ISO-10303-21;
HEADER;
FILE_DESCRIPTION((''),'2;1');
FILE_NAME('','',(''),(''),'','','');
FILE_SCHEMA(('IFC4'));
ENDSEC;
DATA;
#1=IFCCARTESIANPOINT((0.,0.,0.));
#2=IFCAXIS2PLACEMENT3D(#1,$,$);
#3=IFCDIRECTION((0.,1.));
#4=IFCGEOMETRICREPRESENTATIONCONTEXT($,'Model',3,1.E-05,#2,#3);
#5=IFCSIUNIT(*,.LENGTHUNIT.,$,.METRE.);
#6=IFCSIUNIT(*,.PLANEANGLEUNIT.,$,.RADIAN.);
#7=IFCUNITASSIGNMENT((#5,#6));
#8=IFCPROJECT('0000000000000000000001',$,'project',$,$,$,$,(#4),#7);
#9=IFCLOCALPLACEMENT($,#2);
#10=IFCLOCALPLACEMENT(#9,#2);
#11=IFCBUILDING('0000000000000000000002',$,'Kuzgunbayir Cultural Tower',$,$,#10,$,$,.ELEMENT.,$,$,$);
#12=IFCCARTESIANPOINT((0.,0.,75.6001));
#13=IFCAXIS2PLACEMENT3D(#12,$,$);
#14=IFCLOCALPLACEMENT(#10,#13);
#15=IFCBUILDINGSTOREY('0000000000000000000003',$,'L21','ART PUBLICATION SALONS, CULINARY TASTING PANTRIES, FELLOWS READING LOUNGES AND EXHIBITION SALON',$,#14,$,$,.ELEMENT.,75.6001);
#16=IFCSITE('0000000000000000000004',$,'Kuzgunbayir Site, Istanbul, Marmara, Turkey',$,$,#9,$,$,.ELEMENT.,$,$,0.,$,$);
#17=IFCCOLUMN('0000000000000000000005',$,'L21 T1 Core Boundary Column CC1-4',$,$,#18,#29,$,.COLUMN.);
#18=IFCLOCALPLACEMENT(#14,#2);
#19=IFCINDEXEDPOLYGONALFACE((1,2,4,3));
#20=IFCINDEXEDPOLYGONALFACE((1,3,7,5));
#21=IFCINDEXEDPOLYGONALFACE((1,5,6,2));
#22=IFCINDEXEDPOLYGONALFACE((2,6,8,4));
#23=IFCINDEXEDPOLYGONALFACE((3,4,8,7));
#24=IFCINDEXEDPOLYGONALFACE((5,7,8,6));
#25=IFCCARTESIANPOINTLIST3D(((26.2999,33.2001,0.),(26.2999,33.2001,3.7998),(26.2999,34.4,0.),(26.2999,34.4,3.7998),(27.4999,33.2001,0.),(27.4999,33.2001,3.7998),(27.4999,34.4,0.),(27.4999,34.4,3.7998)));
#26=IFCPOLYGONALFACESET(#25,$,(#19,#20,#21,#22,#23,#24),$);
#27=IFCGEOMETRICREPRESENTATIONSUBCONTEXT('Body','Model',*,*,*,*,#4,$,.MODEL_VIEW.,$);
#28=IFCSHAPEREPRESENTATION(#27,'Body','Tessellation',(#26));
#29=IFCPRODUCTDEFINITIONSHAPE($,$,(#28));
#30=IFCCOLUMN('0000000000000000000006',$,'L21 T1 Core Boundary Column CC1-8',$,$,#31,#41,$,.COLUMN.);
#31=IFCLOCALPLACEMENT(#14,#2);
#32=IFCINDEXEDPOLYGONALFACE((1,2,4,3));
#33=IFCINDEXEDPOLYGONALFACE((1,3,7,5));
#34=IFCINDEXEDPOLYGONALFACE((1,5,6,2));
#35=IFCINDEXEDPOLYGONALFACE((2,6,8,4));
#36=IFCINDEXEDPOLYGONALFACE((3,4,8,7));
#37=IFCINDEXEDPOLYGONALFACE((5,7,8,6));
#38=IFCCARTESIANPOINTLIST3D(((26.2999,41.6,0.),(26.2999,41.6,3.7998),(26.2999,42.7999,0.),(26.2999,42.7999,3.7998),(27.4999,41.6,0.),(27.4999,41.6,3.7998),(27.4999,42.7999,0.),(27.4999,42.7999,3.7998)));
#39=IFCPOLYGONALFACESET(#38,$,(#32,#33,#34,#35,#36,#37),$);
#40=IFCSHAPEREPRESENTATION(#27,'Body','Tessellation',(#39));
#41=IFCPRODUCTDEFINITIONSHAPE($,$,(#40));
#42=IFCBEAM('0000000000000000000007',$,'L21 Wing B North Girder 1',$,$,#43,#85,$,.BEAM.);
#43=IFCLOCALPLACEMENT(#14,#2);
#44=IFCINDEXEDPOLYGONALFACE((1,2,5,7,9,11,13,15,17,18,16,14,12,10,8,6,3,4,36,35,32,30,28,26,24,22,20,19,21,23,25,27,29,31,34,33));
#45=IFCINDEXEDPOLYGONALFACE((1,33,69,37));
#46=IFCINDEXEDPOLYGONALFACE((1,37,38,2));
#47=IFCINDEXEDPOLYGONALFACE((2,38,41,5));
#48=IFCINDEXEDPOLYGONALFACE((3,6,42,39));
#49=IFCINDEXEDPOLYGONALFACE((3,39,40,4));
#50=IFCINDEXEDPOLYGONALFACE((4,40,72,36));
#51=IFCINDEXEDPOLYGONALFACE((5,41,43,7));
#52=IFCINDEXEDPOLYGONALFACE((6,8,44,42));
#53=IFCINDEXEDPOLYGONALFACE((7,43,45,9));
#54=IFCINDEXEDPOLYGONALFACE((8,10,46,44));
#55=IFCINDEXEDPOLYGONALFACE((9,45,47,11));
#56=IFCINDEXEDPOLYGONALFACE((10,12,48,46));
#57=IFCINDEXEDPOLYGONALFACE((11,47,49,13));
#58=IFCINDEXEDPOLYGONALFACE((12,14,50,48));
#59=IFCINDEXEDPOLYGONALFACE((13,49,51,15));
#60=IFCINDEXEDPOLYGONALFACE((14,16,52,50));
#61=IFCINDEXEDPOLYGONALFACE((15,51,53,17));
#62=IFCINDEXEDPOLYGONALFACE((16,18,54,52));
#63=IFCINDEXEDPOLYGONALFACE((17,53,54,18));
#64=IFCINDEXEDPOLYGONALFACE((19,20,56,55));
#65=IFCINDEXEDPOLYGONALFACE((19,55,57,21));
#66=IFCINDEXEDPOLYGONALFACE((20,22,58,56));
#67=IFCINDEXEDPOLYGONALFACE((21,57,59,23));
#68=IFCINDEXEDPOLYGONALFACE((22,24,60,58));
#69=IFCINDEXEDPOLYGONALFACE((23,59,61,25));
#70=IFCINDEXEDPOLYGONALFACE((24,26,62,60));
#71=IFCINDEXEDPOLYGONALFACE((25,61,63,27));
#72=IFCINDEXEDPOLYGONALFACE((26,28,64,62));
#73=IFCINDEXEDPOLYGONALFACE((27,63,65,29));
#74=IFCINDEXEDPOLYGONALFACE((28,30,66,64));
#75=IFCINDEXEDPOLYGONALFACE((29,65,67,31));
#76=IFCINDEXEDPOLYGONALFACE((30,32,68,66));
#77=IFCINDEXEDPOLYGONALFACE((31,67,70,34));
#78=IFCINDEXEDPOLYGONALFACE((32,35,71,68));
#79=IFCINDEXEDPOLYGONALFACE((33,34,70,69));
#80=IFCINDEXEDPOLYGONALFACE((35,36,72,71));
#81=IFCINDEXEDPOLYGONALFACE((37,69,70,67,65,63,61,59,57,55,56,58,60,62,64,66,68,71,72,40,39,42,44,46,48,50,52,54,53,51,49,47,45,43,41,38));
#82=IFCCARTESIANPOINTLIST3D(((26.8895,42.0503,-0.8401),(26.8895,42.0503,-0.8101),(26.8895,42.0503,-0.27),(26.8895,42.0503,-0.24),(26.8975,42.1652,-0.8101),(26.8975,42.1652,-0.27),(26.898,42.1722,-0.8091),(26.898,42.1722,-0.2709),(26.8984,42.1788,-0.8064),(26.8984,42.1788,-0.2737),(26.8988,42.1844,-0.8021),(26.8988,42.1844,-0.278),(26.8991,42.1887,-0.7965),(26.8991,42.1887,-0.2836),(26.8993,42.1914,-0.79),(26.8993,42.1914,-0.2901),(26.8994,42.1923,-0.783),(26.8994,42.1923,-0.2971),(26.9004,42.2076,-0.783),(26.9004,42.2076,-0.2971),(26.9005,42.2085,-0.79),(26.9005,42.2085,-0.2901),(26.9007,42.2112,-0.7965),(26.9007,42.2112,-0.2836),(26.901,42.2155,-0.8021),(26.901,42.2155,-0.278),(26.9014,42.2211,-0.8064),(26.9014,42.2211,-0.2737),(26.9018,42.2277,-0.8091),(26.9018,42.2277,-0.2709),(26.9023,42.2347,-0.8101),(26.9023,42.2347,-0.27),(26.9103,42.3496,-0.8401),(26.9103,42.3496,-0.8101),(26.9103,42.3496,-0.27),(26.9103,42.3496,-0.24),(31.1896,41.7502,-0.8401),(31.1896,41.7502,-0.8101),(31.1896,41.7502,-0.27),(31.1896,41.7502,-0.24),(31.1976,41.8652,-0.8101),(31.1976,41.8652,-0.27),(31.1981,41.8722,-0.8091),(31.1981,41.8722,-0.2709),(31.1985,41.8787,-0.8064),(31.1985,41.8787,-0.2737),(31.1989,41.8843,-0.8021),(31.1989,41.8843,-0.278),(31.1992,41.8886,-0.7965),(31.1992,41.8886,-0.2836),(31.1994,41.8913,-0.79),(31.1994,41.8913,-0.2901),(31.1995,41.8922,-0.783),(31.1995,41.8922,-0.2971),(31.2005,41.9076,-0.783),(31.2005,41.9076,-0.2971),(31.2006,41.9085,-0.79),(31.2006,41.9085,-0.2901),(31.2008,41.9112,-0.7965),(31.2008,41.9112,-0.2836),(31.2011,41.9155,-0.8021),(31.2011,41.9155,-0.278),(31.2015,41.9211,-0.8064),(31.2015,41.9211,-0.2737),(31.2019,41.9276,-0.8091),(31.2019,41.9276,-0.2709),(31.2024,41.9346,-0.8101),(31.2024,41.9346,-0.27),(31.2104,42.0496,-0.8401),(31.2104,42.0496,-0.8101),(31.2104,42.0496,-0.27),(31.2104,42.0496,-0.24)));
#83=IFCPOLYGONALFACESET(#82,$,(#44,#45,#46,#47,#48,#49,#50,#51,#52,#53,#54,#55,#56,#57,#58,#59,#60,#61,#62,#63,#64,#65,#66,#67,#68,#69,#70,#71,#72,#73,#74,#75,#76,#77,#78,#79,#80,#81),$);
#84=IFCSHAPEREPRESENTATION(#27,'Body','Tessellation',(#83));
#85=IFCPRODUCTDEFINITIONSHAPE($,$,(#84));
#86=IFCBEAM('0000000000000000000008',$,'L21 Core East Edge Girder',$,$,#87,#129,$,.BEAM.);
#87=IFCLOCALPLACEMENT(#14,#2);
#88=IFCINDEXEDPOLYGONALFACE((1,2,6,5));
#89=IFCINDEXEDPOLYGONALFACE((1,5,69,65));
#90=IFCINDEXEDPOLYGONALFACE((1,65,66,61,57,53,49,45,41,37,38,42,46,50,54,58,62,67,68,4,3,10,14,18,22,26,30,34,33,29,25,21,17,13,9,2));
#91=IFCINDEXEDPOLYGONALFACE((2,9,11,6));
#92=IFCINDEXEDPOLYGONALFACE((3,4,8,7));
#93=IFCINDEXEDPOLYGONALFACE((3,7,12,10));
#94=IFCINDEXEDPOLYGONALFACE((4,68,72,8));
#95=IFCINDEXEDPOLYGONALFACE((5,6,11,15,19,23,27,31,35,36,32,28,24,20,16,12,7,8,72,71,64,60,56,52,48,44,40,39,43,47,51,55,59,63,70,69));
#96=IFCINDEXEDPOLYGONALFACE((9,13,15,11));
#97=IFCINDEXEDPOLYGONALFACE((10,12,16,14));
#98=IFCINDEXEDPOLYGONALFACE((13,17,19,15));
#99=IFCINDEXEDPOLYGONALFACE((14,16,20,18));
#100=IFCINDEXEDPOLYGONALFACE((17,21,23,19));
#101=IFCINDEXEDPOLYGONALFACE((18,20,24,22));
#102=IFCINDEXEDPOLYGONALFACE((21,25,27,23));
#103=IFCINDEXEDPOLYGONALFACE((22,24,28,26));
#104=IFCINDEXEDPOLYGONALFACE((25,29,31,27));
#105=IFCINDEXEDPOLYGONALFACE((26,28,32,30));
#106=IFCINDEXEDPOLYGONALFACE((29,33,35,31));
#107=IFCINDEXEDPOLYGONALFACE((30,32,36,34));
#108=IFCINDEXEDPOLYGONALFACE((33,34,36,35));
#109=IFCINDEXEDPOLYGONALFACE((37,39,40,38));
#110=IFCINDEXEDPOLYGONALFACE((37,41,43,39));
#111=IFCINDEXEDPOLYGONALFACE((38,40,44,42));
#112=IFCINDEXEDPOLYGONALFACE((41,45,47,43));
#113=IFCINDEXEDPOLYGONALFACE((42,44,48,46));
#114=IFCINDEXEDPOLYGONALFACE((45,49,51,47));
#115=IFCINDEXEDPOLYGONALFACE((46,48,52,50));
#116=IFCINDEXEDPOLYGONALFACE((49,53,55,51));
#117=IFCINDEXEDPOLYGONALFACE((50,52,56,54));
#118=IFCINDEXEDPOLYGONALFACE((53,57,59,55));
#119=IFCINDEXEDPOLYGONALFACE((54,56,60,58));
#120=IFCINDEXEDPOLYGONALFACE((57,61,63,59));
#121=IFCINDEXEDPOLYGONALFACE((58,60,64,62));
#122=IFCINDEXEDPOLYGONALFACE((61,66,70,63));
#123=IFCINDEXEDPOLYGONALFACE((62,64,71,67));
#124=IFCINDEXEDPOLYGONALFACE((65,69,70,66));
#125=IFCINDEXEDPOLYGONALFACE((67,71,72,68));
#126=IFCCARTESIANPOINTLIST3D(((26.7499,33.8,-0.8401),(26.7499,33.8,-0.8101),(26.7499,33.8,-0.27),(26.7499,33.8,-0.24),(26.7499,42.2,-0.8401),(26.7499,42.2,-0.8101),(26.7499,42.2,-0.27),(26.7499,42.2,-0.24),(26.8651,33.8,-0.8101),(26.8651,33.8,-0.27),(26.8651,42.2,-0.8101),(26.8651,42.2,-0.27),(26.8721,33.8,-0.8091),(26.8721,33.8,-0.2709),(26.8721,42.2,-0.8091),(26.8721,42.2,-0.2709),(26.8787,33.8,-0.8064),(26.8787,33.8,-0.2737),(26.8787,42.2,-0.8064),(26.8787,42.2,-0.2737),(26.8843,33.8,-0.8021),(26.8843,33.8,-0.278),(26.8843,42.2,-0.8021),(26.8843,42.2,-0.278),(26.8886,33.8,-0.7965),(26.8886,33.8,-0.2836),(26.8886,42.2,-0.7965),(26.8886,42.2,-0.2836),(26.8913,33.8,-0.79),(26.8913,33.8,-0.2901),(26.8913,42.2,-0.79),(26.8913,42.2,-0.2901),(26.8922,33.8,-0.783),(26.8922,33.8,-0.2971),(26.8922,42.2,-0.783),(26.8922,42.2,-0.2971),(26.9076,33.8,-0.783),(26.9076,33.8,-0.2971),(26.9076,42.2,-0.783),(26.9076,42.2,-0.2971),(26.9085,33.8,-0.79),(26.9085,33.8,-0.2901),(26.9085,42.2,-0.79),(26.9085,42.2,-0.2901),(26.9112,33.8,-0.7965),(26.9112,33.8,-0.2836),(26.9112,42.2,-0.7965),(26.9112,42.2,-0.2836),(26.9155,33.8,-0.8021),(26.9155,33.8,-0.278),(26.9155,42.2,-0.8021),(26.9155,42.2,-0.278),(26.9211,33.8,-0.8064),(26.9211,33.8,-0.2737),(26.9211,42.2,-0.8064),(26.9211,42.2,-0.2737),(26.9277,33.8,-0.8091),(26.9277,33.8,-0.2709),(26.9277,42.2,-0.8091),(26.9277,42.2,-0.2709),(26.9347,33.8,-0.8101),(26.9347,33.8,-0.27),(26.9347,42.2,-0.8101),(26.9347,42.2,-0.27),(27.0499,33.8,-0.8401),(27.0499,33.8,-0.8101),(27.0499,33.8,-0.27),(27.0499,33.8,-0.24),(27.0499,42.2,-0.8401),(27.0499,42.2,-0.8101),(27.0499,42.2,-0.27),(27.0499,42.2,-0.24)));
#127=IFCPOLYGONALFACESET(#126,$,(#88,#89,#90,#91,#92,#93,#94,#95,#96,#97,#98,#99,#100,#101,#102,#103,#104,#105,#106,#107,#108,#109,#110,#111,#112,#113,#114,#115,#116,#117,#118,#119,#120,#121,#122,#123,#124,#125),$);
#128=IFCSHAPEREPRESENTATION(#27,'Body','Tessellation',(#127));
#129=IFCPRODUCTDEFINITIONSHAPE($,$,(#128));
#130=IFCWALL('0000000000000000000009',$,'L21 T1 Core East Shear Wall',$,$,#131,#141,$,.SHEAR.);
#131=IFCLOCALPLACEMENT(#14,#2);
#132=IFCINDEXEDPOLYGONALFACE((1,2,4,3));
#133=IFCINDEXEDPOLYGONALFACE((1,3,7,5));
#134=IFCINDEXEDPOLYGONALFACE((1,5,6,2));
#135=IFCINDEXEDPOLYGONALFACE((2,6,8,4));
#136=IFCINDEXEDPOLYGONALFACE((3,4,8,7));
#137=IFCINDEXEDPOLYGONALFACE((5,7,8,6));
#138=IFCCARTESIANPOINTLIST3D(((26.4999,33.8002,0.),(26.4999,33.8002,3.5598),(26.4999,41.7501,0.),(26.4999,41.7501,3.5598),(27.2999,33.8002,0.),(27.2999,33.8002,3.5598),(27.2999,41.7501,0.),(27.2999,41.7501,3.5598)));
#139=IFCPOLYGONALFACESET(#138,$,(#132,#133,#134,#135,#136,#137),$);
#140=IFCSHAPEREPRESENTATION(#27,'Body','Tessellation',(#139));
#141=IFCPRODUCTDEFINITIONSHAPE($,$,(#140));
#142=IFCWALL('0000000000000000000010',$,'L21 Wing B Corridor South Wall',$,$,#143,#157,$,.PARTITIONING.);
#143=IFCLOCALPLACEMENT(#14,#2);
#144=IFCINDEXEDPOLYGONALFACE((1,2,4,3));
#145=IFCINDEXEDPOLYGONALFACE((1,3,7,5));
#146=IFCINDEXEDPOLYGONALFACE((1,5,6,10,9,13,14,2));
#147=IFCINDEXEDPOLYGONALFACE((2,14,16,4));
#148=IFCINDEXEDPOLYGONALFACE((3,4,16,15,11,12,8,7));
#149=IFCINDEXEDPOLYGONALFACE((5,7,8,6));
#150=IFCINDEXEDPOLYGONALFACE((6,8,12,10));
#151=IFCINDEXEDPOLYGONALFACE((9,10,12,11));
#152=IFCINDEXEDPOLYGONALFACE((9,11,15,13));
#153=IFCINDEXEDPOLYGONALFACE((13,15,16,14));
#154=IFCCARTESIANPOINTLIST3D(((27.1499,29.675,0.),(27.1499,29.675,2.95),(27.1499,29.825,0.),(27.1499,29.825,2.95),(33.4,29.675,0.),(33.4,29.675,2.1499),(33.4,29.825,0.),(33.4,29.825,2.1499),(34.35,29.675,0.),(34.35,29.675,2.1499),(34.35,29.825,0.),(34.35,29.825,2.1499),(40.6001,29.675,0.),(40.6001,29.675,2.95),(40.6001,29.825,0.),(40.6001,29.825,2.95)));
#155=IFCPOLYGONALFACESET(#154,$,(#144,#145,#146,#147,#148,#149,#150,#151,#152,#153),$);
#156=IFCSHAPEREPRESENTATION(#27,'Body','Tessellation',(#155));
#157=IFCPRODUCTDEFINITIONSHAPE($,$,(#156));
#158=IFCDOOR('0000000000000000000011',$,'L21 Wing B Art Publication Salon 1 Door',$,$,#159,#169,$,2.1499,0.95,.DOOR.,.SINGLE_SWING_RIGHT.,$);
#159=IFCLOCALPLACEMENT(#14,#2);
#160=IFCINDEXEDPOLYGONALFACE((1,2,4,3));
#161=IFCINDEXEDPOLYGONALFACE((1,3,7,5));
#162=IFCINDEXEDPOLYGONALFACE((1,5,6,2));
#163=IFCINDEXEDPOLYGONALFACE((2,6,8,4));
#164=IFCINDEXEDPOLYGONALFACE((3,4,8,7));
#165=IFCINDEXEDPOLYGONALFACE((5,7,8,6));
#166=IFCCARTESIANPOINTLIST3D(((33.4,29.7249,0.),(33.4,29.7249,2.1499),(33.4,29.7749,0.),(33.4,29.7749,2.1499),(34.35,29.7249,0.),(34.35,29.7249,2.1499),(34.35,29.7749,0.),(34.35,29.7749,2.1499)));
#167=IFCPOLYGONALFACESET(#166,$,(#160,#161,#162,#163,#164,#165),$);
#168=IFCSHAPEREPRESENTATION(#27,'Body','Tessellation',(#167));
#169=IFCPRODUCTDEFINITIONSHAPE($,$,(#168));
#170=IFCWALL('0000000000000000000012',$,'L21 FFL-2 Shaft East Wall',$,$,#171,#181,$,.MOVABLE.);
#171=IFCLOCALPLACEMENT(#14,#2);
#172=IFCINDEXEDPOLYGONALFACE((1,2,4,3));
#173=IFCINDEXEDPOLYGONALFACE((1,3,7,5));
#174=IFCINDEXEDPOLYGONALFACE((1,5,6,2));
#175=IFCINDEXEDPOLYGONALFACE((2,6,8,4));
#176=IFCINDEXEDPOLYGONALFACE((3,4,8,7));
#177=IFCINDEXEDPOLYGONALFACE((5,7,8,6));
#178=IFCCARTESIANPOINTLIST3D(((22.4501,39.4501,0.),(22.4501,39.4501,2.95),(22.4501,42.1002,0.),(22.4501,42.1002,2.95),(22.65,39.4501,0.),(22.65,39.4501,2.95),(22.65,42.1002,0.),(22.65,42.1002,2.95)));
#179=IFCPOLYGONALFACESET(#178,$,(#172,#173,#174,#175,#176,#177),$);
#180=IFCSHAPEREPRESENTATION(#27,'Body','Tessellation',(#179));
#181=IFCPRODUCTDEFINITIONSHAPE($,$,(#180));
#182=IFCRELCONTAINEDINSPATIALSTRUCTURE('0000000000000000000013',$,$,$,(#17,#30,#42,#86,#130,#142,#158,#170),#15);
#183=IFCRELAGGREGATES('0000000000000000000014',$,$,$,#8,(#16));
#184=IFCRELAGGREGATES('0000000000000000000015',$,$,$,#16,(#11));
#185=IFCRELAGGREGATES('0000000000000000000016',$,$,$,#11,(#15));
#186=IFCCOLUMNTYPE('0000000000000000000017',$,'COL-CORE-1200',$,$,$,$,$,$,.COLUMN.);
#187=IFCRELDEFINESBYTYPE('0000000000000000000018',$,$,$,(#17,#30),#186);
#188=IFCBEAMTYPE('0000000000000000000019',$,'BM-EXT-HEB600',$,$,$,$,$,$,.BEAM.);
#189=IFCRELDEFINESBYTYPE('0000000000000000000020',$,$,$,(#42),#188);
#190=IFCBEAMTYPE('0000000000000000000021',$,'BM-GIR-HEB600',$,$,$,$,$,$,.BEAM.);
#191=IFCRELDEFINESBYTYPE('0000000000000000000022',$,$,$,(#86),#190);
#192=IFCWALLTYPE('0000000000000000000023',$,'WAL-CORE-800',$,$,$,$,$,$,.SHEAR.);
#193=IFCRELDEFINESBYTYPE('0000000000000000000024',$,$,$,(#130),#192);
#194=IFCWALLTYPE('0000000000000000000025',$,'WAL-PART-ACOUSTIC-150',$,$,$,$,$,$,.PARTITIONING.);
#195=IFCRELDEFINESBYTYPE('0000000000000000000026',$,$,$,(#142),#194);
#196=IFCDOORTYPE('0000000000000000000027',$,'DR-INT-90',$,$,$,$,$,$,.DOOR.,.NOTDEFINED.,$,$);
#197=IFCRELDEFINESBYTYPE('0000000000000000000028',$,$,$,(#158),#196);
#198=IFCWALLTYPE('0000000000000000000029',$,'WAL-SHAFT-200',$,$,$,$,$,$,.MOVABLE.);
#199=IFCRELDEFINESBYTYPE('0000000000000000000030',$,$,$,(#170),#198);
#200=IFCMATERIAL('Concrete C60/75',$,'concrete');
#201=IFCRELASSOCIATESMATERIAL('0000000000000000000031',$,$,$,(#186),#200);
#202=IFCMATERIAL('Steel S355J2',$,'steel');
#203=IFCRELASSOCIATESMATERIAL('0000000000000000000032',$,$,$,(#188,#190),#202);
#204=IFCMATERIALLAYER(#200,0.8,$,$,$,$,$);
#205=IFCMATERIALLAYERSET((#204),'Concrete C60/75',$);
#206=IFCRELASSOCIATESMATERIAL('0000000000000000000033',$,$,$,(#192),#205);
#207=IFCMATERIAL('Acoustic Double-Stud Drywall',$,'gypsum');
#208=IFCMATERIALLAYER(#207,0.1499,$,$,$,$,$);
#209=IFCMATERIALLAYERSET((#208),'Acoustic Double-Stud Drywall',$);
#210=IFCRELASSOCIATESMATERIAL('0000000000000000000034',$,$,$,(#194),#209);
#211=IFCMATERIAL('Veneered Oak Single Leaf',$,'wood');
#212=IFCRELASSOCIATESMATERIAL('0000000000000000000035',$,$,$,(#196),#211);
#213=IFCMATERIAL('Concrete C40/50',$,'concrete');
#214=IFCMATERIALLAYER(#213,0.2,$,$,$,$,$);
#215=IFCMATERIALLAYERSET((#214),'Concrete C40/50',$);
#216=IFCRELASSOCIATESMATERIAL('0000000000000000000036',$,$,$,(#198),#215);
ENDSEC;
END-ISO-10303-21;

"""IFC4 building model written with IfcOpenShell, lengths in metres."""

from ifc_helpers import new_model, si_unit, direction, frame, frame_2d, origin, origin_2d, place, context, subcontext, project, spatial, rectangle, i_section, extrude, material, layer, layer_set, material_profile, profile_set, type_object, element, fill, save


model = new_model("IFC4")

# Units and contexts
model_context = context("Model", 3, precision=1e-05, world=origin(), true_north=direction((0.0, 1.0)))
body_context = subcontext(model_context, "Body", "Model", "MODEL_VIEW")
ifc_project = project(units=[si_unit("LENGTHUNIT", "METRE"), si_unit("PLANEANGLEUNIT", "RADIAN")], contexts=[model_context])

# Site, building, storey
site_placement = place(None, origin())
site = spatial("IfcSite", under=ifc_project, at=site_placement, Name="Kuzgunbayir Site, Istanbul, Marmara, Turkey", CompositionType="ELEMENT", RefElevation=0.0)
building_placement = place(site_placement, origin())
building = spatial("IfcBuilding", under=site, at=building_placement, Name="Kuzgunbayir Cultural Tower", CompositionType="ELEMENT")
storey_placement = place(building_placement, frame((0.0, 0.0, 75.6001)))
storey = spatial("IfcBuildingStorey", under=building, at=storey_placement, Name="L21", Description="ART PUBLICATION SALONS, CULINARY TASTING PANTRIES, FELLOWS READING LOUNGES AND EXHIBITION SALON", CompositionType="ELEMENT", Elevation=75.6001)

# Columns
ifc_material_1 = material(Name="Concrete C60/75", Category="concrete")
ifc_material_profile_1 = material_profile(ifc_material_1, rectangle(XDim=1.2, YDim=1.2, at=origin_2d()), Name="RC 1200x1200")
ifc_profile_set_1 = profile_set([ifc_material_profile_1], Name="Concrete C60/75")
column_type = type_object("IfcColumnType", Name="COL-CORE-1200", PredefinedType="COLUMN", material=ifc_profile_set_1)
for number, where, z_axis, x_axis, name in (
    (1, (26.8999, 33.8, 0.0), (0.0, 0.0, 1.0), (1.0, 0.0, 0.0), "L21 T1 Core Boundary Column CC1-4"),
    (2, (26.8999, 42.2, 0.0), (0.0, 0.0, 1.0), (1.0, 0.0, 0.0), "L21 T1 Core Boundary Column CC1-8"),
):
    element("IfcColumn", number, at=place(storey_placement, frame(where, z_axis=z_axis, x_axis=x_axis)), inside=storey, type_object=column_type, Name=name, PredefinedType="COLUMN", context=body_context, shape_type="SweptSolid", body=[
        extrude(rectangle(XDim=1.2, YDim=1.2, at=origin_2d()), origin(), (0.0, 0.0, 1.0), 3.7998),
    ])

# Beams
ifc_material_2 = material(Name="Steel S355J2", Category="steel")
ifc_material_profile_2 = material_profile(ifc_material_2, i_section(OverallWidth=0.3, OverallDepth=0.6001, WebThickness=0.0154, FlangeThickness=0.03, FilletRadius=0.0271, at=origin_2d()), Name="HEB 600")
ifc_profile_set_2 = profile_set([ifc_material_profile_2], Name="Steel S355J2")
beam_type_1 = type_object("IfcBeamType", Name="BM-EXT-HEB600", PredefinedType="BEAM", material=ifc_profile_set_2)
beam_1_placement = place(storey_placement, frame((26.8999, 42.2, -0.54), z_axis=(0.997574, -0.069609, 0.0), x_axis=(0.069609, 0.997574, 0.0)))
element("IfcBeam", 3, at=beam_1_placement, inside=storey, type_object=beam_type_1, Name="L21 Wing B North Girder 1", PredefinedType="BEAM", context=body_context, shape_type="SweptSolid", body=[
    extrude(i_section(OverallWidth=0.3, OverallDepth=0.6001, WebThickness=0.0154, FlangeThickness=0.03, FilletRadius=0.0271, at=origin_2d()), origin(), (0.0, 0.0, 1.0), 4.3105),
])
ifc_material_profile_3 = material_profile(ifc_material_2, i_section(OverallWidth=0.3, OverallDepth=0.6001, WebThickness=0.0154, FlangeThickness=0.03, FilletRadius=0.0271, at=origin_2d()), Name="HEB 600")
ifc_profile_set_3 = profile_set([ifc_material_profile_3], Name="Steel S355J2")
beam_type_2 = type_object("IfcBeamType", Name="BM-GIR-HEB600", PredefinedType="BEAM", material=ifc_profile_set_3)
beam_2_placement = place(storey_placement, frame((26.8999, 33.8, -0.54), z_axis=(0.0, 1.0, 0.0), x_axis=(-1.0, 0.0, 0.0)))
element("IfcBeam", 4, at=beam_2_placement, inside=storey, type_object=beam_type_2, Name="L21 Core East Edge Girder", PredefinedType="BEAM", context=body_context, shape_type="SweptSolid", body=[
    extrude(i_section(OverallWidth=0.3, OverallDepth=0.6001, WebThickness=0.0154, FlangeThickness=0.03, FilletRadius=0.0271, at=origin_2d()), origin(), (0.0, 0.0, 1.0), 8.3999),
])

# Wall
ifc_layer_1 = layer(ifc_material_1, 0.8)
ifc_layer_set_1 = layer_set([ifc_layer_1], Name="Concrete C60/75")
wall_type_1 = type_object("IfcWallType", Name="WAL-CORE-800", PredefinedType="SHEAR", material=ifc_layer_set_1)
wall_1_placement = place(storey_placement, frame((26.8999, 33.8, 0.0), z_axis=(0.0, 0.0, 1.0), x_axis=(0.0, 1.0, 0.0)))
element("IfcWall", 5, at=wall_1_placement, inside=storey, type_object=wall_type_1, Name="L21 T1 Core East Shear Wall", PredefinedType="SHEAR", context=body_context, shape_type="SweptSolid", body=[
    extrude(rectangle(XDim=7.95, YDim=0.8, at=frame_2d((3.9751, 0.0))), origin(), (0.0, 0.0, 1.0), 3.5598),
])

# Wall, opening, door
ifc_material_3 = material(Name="Acoustic Double-Stud Drywall", Category="gypsum")
ifc_layer_2 = layer(ifc_material_3, 0.1499)
ifc_layer_set_2 = layer_set([ifc_layer_2], Name="Acoustic Double-Stud Drywall")
wall_type_2 = type_object("IfcWallType", Name="WAL-PART-ACOUSTIC-150", PredefinedType="PARTITIONING", material=ifc_layer_set_2)
wall_2_placement = place(storey_placement, frame((27.1499, 29.75, 0.0), z_axis=(0.0, 0.0, 1.0), x_axis=(1.0, 0.0, 0.0)))
wall_2 = element("IfcWall", 6, at=wall_2_placement, inside=storey, type_object=wall_type_2, Name="L21 Wing B Corridor South Wall", PredefinedType="PARTITIONING", context=body_context, shape_type="SweptSolid", body=[
    extrude(rectangle(XDim=13.4502, YDim=0.1499, at=frame_2d((6.7251, 0.0))), origin(), (0.0, 0.0, 1.0), 2.95),
])
opening_1_placement = place(wall_2_placement, frame((6.25, 0.0, 0.0)))
opening_1 = element("IfcOpeningElement", 7, at=opening_1_placement, cuts=wall_2, PredefinedType="OPENING", context=body_context, shape_type="SweptSolid", body=[
    extrude(rectangle(XDim=0.95, YDim=2.1499, at=frame_2d((0.4751, 1.075))), frame((0.0, 0.085, 0.0), z_axis=(0.0, -1.0, 0.0), x_axis=(1.0, 0.0, 0.0)), (0.0, 0.0, 1.0), 0.1699),
])
ifc_material_4 = material(Name="Veneered Oak Single Leaf", Category="wood")
door_type_1 = type_object("IfcDoorType", Name="DR-INT-90", OperationType="NOTDEFINED", PredefinedType="DOOR", material=ifc_material_4)
door_1_placement = place(opening_1_placement, origin())
door_1 = element("IfcDoor", 8, at=door_1_placement, inside=storey, type_object=door_type_1, Name="L21 Wing B Art Publication Salon 1 Door", OperationType="SINGLE_SWING_RIGHT", OverallHeight=2.1499, OverallWidth=0.95, PredefinedType="DOOR", context=body_context, shape_type="SweptSolid", body=[
    extrude(rectangle(XDim=0.95, YDim=2.1499, at=frame_2d((0.4751, 1.075))), frame((0.0, 0.0249, 0.0), z_axis=(0.0, -1.0, 0.0), x_axis=(1.0, 0.0, 0.0)), (0.0, 0.0, 1.0), 0.05),
])
fill(opening_1, door_1)

# Wall
ifc_material_5 = material(Name="Concrete C40/50", Category="concrete")
ifc_layer_3 = layer(ifc_material_5, 0.2)
ifc_layer_set_3 = layer_set([ifc_layer_3], Name="Concrete C40/50")
wall_type_3 = type_object("IfcWallType", Name="WAL-SHAFT-200", PredefinedType="MOVABLE", material=ifc_layer_set_3)
wall_3_placement = place(storey_placement, frame((22.55, 39.45, 0.0), z_axis=(0.0, 0.0, 1.0), x_axis=(0.0, 1.0, 0.0)))
element("IfcWall", 9, at=wall_3_placement, inside=storey, type_object=wall_type_3, Name="L21 FFL-2 Shaft East Wall", PredefinedType="MOVABLE", context=body_context, shape_type="SweptSolid", body=[
    extrude(rectangle(XDim=2.6501, YDim=0.2, at=frame_2d((1.3252, 0.0))), origin(), (0.0, 0.0, 1.0), 2.95),
])

save(model, "model.ifc")
